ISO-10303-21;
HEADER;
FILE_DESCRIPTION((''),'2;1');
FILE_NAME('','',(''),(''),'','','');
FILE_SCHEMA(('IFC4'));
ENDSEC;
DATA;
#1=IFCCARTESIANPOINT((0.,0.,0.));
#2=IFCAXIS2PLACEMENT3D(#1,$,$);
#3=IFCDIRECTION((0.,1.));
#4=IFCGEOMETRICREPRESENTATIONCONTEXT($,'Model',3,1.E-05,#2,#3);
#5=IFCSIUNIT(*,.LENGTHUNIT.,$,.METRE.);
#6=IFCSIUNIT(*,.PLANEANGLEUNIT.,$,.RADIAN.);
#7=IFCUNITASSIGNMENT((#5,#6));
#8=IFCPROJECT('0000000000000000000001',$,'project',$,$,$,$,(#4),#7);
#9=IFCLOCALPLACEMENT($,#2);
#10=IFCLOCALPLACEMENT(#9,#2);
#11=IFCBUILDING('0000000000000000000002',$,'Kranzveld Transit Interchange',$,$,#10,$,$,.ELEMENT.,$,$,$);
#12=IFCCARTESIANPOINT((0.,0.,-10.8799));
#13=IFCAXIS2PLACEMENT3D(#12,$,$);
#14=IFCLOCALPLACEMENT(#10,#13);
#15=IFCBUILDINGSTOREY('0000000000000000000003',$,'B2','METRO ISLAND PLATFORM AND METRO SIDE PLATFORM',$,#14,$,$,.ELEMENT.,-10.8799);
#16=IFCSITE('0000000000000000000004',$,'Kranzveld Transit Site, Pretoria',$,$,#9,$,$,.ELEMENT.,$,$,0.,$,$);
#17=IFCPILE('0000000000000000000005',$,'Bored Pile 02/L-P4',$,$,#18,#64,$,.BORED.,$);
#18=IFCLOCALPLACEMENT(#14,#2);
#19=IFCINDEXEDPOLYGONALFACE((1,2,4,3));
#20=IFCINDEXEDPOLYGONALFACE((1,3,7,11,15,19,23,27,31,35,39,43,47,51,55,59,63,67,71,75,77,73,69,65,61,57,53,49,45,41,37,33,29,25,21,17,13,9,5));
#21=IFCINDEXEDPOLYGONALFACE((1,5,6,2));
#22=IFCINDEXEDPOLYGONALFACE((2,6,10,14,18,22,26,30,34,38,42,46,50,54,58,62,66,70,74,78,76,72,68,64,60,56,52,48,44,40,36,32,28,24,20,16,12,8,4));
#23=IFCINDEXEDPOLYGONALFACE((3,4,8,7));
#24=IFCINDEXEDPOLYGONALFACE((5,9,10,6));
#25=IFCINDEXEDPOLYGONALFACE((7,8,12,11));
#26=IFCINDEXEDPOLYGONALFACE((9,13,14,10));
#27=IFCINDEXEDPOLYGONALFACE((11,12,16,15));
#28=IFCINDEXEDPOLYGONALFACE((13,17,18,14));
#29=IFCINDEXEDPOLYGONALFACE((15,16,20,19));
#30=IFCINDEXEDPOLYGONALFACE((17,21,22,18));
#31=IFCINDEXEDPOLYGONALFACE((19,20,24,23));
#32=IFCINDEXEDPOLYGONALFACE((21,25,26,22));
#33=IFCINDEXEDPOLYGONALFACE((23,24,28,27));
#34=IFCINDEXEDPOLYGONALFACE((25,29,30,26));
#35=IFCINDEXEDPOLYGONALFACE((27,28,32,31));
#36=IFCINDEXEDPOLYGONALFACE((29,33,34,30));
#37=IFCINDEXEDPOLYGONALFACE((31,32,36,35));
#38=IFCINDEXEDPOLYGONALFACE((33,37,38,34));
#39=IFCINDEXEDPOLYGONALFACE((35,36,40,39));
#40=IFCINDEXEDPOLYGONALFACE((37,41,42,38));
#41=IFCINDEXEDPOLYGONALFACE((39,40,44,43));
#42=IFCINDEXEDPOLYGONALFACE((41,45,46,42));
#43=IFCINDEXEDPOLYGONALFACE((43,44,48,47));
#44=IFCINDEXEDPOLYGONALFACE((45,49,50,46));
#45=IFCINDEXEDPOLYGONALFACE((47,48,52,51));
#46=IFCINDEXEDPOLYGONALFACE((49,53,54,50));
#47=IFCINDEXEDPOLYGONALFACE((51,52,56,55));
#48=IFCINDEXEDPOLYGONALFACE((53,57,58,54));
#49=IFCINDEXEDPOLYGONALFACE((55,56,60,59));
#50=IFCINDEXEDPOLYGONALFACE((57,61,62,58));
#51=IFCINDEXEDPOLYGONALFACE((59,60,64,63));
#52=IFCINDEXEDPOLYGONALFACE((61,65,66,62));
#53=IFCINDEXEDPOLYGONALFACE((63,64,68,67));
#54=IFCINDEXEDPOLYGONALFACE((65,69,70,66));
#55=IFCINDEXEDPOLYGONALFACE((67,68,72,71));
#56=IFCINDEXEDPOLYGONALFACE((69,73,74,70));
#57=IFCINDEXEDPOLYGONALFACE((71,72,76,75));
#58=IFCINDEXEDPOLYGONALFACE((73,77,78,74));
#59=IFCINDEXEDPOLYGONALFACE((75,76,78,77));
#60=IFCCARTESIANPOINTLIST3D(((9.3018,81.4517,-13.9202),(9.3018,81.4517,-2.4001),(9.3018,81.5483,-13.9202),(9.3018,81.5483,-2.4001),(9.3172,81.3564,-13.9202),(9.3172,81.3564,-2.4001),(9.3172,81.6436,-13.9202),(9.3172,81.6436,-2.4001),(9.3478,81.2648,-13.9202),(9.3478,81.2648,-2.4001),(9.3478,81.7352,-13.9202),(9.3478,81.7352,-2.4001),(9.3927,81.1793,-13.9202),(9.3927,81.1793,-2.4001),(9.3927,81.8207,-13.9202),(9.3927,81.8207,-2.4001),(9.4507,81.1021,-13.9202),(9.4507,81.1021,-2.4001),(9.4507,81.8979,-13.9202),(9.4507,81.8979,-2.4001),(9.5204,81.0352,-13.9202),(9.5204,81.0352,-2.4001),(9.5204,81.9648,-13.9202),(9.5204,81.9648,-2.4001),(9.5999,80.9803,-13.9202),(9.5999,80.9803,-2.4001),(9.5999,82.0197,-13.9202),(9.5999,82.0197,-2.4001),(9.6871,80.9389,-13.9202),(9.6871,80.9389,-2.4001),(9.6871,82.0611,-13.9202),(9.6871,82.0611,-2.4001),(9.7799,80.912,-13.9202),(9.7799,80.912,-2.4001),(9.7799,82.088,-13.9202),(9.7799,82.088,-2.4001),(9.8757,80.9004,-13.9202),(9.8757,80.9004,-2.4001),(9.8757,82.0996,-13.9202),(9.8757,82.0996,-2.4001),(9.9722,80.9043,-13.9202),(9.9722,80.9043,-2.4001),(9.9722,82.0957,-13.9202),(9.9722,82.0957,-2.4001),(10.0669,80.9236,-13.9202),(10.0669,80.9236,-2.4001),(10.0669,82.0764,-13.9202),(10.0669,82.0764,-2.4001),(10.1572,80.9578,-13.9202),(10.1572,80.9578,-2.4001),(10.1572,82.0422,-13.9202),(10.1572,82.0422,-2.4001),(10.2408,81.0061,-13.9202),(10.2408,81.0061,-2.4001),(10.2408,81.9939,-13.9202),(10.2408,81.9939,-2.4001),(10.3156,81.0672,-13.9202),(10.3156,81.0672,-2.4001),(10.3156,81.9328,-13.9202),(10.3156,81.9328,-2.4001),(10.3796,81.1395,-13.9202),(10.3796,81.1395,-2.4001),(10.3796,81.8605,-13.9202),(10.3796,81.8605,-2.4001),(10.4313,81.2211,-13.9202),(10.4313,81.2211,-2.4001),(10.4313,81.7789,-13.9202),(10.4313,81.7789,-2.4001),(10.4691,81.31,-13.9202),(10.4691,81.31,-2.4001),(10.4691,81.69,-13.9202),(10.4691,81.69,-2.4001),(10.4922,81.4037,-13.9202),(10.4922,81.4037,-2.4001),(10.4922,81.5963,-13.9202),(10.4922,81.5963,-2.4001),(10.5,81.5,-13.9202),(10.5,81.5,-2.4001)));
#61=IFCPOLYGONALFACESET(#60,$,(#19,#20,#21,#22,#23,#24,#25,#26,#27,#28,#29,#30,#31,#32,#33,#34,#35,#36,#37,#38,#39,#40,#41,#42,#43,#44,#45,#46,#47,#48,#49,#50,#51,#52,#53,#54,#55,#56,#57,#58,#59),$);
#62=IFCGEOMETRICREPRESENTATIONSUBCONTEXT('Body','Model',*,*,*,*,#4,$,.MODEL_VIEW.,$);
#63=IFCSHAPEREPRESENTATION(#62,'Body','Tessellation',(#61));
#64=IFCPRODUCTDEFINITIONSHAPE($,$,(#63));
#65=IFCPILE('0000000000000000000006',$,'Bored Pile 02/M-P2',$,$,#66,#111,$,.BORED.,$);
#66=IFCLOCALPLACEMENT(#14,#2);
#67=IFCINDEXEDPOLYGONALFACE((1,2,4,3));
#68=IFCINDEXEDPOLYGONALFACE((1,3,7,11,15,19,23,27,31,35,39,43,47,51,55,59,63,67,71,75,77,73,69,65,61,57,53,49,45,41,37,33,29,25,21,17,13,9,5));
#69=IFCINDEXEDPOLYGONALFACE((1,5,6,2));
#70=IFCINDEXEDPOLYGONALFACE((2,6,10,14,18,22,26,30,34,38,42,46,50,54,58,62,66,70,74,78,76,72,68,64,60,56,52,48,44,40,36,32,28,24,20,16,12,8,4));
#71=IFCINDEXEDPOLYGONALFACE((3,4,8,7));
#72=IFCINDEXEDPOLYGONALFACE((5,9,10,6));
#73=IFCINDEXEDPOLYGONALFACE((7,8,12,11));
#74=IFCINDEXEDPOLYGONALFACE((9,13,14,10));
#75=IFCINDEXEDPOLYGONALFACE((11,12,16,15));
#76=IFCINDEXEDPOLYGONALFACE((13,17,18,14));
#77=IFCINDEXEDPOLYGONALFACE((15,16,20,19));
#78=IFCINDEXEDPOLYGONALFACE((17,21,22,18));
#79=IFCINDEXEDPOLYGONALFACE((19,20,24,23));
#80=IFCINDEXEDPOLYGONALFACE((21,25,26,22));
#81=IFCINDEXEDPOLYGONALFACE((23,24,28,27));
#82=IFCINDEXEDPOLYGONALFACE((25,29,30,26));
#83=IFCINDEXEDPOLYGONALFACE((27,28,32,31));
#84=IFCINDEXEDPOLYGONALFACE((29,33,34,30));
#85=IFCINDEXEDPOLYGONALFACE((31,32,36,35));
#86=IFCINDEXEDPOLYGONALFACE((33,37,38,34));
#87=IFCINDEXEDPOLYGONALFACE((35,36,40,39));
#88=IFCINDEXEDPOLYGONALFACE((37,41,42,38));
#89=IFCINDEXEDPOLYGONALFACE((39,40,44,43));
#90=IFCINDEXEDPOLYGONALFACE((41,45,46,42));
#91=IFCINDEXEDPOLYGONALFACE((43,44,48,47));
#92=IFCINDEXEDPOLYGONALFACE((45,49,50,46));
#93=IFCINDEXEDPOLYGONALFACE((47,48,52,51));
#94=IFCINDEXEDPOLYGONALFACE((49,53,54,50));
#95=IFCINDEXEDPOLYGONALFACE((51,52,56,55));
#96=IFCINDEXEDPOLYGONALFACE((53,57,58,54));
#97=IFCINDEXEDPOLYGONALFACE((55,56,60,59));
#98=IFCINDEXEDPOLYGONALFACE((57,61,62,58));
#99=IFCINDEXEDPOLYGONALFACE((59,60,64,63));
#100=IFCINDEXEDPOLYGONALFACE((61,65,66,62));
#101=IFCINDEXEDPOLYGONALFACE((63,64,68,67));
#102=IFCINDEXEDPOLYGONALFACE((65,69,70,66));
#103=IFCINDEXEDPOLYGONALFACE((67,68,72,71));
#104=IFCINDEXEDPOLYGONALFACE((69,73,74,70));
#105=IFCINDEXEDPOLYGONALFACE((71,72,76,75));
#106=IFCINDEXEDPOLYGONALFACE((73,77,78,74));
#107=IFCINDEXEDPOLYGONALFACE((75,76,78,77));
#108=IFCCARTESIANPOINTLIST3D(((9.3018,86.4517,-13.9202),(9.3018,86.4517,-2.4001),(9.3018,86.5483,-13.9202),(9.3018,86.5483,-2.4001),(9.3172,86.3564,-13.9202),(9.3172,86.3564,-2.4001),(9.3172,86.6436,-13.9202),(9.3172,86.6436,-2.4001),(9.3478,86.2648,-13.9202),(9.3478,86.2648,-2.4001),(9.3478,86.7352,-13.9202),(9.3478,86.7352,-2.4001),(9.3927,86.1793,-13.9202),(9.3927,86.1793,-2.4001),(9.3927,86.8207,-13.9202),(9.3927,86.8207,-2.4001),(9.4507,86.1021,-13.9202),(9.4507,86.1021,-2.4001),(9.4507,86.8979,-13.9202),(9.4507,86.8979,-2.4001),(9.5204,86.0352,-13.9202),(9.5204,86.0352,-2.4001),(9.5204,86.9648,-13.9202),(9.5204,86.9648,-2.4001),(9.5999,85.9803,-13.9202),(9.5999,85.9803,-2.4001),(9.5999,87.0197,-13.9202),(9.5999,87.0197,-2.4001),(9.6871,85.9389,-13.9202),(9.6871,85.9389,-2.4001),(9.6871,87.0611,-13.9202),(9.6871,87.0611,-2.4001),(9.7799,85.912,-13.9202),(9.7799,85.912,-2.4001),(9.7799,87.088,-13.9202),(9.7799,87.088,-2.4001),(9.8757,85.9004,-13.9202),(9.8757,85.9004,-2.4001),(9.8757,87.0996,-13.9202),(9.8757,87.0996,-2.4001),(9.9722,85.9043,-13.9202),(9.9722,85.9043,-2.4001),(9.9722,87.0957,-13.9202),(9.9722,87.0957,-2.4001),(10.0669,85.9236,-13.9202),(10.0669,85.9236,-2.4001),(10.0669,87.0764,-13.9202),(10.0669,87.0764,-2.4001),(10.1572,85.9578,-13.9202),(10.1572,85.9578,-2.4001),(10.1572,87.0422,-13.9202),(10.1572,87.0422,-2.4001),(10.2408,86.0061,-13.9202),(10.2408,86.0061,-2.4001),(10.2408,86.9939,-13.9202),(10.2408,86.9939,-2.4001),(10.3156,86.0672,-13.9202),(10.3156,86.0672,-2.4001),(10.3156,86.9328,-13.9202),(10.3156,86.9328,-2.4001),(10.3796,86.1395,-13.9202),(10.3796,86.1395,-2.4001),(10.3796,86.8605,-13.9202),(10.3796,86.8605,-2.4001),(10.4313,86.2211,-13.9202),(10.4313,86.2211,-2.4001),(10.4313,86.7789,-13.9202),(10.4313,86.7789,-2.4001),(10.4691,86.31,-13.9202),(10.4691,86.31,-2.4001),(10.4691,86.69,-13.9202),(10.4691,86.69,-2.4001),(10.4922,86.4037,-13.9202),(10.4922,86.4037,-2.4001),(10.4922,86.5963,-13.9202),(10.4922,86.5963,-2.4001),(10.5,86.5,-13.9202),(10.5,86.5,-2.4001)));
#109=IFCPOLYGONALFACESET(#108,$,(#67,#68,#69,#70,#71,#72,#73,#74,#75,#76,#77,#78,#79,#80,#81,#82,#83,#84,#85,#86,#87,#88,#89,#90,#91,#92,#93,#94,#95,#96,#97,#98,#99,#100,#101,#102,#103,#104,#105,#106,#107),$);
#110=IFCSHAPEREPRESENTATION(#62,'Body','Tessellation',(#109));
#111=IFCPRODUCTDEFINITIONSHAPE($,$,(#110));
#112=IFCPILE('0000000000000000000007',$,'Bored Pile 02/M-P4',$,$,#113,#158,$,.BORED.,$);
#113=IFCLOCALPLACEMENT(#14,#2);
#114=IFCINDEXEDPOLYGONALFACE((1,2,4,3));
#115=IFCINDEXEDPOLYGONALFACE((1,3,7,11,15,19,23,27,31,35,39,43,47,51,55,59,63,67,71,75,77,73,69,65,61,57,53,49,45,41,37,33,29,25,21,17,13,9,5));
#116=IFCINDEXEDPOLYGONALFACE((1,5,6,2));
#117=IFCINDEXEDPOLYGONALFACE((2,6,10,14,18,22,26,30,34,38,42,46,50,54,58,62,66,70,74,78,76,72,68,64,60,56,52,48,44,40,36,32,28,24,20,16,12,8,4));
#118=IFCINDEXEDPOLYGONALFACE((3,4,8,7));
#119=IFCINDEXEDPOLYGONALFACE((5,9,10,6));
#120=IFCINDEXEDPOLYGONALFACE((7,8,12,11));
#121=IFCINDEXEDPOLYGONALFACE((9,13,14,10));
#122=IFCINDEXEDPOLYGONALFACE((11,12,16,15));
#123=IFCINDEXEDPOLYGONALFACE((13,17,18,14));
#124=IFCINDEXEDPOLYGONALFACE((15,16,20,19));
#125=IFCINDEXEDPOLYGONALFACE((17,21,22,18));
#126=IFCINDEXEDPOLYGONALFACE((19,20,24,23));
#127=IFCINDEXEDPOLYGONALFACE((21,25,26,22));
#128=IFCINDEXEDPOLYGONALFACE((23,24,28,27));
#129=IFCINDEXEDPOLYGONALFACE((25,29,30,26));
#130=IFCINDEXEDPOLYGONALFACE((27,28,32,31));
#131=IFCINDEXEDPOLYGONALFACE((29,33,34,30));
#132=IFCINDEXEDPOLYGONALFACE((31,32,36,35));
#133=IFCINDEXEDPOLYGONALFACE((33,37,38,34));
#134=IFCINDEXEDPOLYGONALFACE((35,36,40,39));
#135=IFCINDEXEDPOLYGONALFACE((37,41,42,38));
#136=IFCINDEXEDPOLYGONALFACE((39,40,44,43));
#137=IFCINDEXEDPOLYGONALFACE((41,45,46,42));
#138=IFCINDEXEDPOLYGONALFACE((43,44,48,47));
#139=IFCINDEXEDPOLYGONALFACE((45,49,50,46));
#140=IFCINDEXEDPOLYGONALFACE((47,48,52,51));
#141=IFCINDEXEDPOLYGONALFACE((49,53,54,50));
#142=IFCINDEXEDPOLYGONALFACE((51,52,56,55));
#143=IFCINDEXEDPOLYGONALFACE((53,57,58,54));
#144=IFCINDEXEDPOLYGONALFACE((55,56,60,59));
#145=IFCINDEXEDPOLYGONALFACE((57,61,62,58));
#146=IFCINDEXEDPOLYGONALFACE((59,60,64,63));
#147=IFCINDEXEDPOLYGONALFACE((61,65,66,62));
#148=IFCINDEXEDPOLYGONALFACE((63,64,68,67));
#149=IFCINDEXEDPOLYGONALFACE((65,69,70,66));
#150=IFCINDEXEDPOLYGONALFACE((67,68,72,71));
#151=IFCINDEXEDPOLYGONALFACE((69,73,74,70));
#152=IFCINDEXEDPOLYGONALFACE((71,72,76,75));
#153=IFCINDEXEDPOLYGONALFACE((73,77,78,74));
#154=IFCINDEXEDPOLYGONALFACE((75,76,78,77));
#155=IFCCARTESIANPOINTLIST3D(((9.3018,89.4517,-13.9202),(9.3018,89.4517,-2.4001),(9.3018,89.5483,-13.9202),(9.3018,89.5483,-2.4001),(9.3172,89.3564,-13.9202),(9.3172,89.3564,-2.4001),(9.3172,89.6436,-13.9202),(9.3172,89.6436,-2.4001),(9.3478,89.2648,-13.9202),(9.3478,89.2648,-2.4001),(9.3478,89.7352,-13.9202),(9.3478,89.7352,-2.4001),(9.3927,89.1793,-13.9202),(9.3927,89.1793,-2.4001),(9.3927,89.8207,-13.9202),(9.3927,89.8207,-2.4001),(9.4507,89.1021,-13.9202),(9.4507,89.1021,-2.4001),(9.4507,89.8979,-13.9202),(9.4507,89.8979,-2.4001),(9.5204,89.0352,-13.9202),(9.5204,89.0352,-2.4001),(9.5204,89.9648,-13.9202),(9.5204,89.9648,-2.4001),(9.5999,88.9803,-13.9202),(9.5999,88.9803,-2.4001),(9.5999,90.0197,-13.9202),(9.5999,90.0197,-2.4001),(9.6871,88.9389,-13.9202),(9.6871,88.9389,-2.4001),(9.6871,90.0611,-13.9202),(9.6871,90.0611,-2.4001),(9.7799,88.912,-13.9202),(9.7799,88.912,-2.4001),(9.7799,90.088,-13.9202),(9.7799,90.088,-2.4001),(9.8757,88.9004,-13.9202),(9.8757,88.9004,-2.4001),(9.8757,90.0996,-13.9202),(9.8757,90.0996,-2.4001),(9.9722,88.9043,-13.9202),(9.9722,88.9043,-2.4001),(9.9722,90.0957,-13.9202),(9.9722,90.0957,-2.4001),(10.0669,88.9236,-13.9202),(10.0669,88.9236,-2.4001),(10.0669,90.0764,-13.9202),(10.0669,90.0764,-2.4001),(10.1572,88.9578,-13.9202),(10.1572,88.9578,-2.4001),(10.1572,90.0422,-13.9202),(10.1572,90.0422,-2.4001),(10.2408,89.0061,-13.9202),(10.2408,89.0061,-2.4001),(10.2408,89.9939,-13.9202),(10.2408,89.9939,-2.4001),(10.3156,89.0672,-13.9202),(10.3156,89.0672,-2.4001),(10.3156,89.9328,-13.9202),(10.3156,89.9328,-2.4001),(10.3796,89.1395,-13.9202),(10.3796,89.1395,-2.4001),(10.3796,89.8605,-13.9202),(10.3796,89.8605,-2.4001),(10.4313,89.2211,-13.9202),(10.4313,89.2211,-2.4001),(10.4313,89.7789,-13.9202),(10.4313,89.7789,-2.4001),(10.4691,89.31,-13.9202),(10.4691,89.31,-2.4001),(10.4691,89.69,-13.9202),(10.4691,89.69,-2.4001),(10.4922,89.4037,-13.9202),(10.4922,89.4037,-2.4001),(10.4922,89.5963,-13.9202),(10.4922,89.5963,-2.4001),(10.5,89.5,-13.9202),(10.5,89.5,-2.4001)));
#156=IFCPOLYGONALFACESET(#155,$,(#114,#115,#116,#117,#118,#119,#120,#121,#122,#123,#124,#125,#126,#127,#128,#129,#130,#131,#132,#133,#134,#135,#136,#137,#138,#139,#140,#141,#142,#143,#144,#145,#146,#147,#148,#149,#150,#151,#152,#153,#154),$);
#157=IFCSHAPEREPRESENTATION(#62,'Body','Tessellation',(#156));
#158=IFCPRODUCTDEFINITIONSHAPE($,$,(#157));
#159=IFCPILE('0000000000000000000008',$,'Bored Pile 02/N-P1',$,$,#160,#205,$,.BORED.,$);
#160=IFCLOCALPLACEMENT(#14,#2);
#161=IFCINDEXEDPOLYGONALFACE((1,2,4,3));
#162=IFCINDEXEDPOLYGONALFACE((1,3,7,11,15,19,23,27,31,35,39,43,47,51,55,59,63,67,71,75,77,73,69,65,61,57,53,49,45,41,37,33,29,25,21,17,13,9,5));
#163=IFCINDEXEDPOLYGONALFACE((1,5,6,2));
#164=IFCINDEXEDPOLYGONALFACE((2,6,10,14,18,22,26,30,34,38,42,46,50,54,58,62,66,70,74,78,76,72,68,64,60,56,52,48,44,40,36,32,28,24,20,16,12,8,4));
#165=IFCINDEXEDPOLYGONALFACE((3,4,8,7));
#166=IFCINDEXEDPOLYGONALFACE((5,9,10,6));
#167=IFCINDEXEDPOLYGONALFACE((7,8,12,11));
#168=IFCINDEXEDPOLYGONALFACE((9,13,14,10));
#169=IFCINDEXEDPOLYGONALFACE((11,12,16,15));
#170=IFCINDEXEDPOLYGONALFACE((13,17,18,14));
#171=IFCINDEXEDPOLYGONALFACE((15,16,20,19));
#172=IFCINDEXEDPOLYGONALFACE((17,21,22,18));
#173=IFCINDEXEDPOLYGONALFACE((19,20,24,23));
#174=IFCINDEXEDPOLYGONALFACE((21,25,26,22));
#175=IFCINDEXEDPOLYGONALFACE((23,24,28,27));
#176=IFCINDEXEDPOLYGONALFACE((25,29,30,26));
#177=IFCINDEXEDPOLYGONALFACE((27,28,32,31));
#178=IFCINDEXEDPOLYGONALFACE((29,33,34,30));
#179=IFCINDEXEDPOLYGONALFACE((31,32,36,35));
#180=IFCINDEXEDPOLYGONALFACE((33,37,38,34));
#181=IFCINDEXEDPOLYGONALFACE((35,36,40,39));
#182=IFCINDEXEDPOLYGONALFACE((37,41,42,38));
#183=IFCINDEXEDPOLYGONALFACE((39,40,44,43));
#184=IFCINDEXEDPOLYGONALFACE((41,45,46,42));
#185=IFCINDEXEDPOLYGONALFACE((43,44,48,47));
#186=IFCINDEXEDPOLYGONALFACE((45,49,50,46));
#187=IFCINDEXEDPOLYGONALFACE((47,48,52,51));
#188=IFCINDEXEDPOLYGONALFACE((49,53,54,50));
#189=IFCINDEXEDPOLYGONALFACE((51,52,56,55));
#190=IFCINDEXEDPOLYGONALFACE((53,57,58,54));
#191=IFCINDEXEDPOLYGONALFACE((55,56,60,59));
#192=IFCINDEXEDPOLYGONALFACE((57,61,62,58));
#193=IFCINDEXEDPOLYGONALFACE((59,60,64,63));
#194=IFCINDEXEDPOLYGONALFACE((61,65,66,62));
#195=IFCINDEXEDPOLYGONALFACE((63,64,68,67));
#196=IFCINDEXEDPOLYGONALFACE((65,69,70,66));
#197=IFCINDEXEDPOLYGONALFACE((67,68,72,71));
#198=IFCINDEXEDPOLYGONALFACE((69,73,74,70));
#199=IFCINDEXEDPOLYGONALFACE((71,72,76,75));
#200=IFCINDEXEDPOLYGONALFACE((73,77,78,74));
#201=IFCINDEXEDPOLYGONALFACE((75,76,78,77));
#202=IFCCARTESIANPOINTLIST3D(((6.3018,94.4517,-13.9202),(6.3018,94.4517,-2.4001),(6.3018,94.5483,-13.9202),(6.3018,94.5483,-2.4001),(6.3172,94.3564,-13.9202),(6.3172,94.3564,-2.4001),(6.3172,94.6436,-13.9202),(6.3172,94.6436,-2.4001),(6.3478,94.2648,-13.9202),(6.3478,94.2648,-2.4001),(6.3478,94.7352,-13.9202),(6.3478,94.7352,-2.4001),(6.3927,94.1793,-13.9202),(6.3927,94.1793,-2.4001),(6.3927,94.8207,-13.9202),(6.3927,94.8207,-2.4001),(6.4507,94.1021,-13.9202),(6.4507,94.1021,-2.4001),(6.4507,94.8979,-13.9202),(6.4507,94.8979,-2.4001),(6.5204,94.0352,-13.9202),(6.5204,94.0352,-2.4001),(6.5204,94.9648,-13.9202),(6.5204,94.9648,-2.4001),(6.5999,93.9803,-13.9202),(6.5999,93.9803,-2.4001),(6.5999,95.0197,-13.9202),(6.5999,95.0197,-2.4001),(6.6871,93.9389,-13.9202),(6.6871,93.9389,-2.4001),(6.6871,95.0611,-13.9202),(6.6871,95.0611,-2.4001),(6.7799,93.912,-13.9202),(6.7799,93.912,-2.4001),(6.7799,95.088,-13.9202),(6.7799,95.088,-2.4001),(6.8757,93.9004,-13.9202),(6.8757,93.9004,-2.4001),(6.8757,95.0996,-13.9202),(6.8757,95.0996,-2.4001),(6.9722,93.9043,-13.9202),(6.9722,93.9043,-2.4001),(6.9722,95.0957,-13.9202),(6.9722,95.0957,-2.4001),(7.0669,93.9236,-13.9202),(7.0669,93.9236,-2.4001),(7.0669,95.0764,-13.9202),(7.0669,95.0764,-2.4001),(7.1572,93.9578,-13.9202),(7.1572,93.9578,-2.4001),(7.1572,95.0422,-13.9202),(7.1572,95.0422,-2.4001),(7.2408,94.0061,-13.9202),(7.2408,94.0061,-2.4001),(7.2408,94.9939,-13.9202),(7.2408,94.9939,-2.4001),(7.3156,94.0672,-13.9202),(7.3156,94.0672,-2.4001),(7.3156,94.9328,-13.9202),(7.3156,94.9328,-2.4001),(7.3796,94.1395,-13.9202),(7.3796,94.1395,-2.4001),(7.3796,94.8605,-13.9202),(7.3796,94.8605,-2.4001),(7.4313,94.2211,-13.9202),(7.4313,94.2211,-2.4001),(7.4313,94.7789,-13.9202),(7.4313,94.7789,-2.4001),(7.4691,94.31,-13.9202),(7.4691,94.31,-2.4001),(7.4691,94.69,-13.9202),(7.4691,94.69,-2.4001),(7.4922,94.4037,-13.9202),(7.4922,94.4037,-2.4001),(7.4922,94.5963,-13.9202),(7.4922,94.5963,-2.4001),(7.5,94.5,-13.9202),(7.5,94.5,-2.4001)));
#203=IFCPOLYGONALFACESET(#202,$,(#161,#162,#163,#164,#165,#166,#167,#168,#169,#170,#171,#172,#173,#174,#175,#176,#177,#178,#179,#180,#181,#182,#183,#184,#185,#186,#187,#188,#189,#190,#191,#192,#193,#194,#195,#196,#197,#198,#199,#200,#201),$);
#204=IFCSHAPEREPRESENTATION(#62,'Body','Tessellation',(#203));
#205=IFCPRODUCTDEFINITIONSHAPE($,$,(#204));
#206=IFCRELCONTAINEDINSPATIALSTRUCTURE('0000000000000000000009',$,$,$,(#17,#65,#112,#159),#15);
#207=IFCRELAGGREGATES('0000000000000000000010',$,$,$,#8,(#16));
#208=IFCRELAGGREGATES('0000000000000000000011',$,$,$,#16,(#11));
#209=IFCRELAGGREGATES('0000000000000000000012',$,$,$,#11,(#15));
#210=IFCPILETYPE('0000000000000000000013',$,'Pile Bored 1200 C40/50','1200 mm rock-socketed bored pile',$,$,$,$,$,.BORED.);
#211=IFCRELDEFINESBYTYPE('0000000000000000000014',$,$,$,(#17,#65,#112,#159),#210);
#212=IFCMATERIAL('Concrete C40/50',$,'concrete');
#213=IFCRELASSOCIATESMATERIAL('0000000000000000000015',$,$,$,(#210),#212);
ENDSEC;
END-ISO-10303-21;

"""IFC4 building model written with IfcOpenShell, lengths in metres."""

from ifc_helpers import new_model, si_unit, direction, frame, origin, origin_2d, place, context, subcontext, project, spatial, circle, extrude, material, material_profile, profile_set, type_object, element, save


model = new_model("IFC4")

# Units and contexts
model_context = context("Model", 3, precision=1e-05, world=origin(), true_north=direction((0.0, 1.0)))
body_context = subcontext(model_context, "Body", "Model", "MODEL_VIEW")
ifc_project = project(units=[si_unit("LENGTHUNIT", "METRE"), si_unit("PLANEANGLEUNIT", "RADIAN")], contexts=[model_context])

# Site, building, storey
site_placement = place(None, origin())
site = spatial("IfcSite", under=ifc_project, at=site_placement, Name="Kranzveld Transit Site, Pretoria", CompositionType="ELEMENT", RefElevation=0.0)
building_placement = place(site_placement, origin())
building = spatial("IfcBuilding", under=site, at=building_placement, Name="Kranzveld Transit Interchange", CompositionType="ELEMENT")
storey_placement = place(building_placement, frame((0.0, 0.0, -10.8799)))
storey = spatial("IfcBuildingStorey", under=building, at=storey_placement, Name="B2", Description="METRO ISLAND PLATFORM AND METRO SIDE PLATFORM", CompositionType="ELEMENT", Elevation=-10.8799)

# Piles
ifc_material_1 = material(Name="Concrete C40/50", Category="concrete")
ifc_material_profile_1 = material_profile(ifc_material_1, circle(Radius=0.6001, at=origin_2d()), Name="BORED PILE 1200")
ifc_profile_set_1 = profile_set([ifc_material_profile_1], Name="Concrete C40/50")
pile_type = type_object("IfcPileType", Name="Pile Bored 1200 C40/50", Description="1200 mm rock-socketed bored pile", PredefinedType="BORED", material=ifc_profile_set_1)
for number, where, z_axis, x_axis, name in (
    (1, (9.8999, 81.5, -2.4001), (0.0, 0.0, -1.0), (1.0, 0.0, 0.0), "Bored Pile 02/L-P4"),
    (2, (9.8999, 86.5, -2.4001), (0.0, 0.0, -1.0), (1.0, 0.0, 0.0), "Bored Pile 02/M-P2"),
    (3, (9.8999, 89.5, -2.4001), (0.0, 0.0, -1.0), (1.0, 0.0, 0.0), "Bored Pile 02/M-P4"),
    (4, (6.8999, 94.5, -2.4001), (0.0, 0.0, -1.0), (1.0, 0.0, 0.0), "Bored Pile 02/N-P1"),
):
    element("IfcPile", number, at=place(storey_placement, frame(where, z_axis=z_axis, x_axis=x_axis)), inside=storey, type_object=pile_type, Name=name, PredefinedType="BORED", context=body_context, shape_type="SweptSolid", body=[
        extrude(circle(Radius=0.6001, at=origin_2d()), origin(), (0.0, 0.0, 1.0), 11.52),
    ])

save(model, "model.ifc")
